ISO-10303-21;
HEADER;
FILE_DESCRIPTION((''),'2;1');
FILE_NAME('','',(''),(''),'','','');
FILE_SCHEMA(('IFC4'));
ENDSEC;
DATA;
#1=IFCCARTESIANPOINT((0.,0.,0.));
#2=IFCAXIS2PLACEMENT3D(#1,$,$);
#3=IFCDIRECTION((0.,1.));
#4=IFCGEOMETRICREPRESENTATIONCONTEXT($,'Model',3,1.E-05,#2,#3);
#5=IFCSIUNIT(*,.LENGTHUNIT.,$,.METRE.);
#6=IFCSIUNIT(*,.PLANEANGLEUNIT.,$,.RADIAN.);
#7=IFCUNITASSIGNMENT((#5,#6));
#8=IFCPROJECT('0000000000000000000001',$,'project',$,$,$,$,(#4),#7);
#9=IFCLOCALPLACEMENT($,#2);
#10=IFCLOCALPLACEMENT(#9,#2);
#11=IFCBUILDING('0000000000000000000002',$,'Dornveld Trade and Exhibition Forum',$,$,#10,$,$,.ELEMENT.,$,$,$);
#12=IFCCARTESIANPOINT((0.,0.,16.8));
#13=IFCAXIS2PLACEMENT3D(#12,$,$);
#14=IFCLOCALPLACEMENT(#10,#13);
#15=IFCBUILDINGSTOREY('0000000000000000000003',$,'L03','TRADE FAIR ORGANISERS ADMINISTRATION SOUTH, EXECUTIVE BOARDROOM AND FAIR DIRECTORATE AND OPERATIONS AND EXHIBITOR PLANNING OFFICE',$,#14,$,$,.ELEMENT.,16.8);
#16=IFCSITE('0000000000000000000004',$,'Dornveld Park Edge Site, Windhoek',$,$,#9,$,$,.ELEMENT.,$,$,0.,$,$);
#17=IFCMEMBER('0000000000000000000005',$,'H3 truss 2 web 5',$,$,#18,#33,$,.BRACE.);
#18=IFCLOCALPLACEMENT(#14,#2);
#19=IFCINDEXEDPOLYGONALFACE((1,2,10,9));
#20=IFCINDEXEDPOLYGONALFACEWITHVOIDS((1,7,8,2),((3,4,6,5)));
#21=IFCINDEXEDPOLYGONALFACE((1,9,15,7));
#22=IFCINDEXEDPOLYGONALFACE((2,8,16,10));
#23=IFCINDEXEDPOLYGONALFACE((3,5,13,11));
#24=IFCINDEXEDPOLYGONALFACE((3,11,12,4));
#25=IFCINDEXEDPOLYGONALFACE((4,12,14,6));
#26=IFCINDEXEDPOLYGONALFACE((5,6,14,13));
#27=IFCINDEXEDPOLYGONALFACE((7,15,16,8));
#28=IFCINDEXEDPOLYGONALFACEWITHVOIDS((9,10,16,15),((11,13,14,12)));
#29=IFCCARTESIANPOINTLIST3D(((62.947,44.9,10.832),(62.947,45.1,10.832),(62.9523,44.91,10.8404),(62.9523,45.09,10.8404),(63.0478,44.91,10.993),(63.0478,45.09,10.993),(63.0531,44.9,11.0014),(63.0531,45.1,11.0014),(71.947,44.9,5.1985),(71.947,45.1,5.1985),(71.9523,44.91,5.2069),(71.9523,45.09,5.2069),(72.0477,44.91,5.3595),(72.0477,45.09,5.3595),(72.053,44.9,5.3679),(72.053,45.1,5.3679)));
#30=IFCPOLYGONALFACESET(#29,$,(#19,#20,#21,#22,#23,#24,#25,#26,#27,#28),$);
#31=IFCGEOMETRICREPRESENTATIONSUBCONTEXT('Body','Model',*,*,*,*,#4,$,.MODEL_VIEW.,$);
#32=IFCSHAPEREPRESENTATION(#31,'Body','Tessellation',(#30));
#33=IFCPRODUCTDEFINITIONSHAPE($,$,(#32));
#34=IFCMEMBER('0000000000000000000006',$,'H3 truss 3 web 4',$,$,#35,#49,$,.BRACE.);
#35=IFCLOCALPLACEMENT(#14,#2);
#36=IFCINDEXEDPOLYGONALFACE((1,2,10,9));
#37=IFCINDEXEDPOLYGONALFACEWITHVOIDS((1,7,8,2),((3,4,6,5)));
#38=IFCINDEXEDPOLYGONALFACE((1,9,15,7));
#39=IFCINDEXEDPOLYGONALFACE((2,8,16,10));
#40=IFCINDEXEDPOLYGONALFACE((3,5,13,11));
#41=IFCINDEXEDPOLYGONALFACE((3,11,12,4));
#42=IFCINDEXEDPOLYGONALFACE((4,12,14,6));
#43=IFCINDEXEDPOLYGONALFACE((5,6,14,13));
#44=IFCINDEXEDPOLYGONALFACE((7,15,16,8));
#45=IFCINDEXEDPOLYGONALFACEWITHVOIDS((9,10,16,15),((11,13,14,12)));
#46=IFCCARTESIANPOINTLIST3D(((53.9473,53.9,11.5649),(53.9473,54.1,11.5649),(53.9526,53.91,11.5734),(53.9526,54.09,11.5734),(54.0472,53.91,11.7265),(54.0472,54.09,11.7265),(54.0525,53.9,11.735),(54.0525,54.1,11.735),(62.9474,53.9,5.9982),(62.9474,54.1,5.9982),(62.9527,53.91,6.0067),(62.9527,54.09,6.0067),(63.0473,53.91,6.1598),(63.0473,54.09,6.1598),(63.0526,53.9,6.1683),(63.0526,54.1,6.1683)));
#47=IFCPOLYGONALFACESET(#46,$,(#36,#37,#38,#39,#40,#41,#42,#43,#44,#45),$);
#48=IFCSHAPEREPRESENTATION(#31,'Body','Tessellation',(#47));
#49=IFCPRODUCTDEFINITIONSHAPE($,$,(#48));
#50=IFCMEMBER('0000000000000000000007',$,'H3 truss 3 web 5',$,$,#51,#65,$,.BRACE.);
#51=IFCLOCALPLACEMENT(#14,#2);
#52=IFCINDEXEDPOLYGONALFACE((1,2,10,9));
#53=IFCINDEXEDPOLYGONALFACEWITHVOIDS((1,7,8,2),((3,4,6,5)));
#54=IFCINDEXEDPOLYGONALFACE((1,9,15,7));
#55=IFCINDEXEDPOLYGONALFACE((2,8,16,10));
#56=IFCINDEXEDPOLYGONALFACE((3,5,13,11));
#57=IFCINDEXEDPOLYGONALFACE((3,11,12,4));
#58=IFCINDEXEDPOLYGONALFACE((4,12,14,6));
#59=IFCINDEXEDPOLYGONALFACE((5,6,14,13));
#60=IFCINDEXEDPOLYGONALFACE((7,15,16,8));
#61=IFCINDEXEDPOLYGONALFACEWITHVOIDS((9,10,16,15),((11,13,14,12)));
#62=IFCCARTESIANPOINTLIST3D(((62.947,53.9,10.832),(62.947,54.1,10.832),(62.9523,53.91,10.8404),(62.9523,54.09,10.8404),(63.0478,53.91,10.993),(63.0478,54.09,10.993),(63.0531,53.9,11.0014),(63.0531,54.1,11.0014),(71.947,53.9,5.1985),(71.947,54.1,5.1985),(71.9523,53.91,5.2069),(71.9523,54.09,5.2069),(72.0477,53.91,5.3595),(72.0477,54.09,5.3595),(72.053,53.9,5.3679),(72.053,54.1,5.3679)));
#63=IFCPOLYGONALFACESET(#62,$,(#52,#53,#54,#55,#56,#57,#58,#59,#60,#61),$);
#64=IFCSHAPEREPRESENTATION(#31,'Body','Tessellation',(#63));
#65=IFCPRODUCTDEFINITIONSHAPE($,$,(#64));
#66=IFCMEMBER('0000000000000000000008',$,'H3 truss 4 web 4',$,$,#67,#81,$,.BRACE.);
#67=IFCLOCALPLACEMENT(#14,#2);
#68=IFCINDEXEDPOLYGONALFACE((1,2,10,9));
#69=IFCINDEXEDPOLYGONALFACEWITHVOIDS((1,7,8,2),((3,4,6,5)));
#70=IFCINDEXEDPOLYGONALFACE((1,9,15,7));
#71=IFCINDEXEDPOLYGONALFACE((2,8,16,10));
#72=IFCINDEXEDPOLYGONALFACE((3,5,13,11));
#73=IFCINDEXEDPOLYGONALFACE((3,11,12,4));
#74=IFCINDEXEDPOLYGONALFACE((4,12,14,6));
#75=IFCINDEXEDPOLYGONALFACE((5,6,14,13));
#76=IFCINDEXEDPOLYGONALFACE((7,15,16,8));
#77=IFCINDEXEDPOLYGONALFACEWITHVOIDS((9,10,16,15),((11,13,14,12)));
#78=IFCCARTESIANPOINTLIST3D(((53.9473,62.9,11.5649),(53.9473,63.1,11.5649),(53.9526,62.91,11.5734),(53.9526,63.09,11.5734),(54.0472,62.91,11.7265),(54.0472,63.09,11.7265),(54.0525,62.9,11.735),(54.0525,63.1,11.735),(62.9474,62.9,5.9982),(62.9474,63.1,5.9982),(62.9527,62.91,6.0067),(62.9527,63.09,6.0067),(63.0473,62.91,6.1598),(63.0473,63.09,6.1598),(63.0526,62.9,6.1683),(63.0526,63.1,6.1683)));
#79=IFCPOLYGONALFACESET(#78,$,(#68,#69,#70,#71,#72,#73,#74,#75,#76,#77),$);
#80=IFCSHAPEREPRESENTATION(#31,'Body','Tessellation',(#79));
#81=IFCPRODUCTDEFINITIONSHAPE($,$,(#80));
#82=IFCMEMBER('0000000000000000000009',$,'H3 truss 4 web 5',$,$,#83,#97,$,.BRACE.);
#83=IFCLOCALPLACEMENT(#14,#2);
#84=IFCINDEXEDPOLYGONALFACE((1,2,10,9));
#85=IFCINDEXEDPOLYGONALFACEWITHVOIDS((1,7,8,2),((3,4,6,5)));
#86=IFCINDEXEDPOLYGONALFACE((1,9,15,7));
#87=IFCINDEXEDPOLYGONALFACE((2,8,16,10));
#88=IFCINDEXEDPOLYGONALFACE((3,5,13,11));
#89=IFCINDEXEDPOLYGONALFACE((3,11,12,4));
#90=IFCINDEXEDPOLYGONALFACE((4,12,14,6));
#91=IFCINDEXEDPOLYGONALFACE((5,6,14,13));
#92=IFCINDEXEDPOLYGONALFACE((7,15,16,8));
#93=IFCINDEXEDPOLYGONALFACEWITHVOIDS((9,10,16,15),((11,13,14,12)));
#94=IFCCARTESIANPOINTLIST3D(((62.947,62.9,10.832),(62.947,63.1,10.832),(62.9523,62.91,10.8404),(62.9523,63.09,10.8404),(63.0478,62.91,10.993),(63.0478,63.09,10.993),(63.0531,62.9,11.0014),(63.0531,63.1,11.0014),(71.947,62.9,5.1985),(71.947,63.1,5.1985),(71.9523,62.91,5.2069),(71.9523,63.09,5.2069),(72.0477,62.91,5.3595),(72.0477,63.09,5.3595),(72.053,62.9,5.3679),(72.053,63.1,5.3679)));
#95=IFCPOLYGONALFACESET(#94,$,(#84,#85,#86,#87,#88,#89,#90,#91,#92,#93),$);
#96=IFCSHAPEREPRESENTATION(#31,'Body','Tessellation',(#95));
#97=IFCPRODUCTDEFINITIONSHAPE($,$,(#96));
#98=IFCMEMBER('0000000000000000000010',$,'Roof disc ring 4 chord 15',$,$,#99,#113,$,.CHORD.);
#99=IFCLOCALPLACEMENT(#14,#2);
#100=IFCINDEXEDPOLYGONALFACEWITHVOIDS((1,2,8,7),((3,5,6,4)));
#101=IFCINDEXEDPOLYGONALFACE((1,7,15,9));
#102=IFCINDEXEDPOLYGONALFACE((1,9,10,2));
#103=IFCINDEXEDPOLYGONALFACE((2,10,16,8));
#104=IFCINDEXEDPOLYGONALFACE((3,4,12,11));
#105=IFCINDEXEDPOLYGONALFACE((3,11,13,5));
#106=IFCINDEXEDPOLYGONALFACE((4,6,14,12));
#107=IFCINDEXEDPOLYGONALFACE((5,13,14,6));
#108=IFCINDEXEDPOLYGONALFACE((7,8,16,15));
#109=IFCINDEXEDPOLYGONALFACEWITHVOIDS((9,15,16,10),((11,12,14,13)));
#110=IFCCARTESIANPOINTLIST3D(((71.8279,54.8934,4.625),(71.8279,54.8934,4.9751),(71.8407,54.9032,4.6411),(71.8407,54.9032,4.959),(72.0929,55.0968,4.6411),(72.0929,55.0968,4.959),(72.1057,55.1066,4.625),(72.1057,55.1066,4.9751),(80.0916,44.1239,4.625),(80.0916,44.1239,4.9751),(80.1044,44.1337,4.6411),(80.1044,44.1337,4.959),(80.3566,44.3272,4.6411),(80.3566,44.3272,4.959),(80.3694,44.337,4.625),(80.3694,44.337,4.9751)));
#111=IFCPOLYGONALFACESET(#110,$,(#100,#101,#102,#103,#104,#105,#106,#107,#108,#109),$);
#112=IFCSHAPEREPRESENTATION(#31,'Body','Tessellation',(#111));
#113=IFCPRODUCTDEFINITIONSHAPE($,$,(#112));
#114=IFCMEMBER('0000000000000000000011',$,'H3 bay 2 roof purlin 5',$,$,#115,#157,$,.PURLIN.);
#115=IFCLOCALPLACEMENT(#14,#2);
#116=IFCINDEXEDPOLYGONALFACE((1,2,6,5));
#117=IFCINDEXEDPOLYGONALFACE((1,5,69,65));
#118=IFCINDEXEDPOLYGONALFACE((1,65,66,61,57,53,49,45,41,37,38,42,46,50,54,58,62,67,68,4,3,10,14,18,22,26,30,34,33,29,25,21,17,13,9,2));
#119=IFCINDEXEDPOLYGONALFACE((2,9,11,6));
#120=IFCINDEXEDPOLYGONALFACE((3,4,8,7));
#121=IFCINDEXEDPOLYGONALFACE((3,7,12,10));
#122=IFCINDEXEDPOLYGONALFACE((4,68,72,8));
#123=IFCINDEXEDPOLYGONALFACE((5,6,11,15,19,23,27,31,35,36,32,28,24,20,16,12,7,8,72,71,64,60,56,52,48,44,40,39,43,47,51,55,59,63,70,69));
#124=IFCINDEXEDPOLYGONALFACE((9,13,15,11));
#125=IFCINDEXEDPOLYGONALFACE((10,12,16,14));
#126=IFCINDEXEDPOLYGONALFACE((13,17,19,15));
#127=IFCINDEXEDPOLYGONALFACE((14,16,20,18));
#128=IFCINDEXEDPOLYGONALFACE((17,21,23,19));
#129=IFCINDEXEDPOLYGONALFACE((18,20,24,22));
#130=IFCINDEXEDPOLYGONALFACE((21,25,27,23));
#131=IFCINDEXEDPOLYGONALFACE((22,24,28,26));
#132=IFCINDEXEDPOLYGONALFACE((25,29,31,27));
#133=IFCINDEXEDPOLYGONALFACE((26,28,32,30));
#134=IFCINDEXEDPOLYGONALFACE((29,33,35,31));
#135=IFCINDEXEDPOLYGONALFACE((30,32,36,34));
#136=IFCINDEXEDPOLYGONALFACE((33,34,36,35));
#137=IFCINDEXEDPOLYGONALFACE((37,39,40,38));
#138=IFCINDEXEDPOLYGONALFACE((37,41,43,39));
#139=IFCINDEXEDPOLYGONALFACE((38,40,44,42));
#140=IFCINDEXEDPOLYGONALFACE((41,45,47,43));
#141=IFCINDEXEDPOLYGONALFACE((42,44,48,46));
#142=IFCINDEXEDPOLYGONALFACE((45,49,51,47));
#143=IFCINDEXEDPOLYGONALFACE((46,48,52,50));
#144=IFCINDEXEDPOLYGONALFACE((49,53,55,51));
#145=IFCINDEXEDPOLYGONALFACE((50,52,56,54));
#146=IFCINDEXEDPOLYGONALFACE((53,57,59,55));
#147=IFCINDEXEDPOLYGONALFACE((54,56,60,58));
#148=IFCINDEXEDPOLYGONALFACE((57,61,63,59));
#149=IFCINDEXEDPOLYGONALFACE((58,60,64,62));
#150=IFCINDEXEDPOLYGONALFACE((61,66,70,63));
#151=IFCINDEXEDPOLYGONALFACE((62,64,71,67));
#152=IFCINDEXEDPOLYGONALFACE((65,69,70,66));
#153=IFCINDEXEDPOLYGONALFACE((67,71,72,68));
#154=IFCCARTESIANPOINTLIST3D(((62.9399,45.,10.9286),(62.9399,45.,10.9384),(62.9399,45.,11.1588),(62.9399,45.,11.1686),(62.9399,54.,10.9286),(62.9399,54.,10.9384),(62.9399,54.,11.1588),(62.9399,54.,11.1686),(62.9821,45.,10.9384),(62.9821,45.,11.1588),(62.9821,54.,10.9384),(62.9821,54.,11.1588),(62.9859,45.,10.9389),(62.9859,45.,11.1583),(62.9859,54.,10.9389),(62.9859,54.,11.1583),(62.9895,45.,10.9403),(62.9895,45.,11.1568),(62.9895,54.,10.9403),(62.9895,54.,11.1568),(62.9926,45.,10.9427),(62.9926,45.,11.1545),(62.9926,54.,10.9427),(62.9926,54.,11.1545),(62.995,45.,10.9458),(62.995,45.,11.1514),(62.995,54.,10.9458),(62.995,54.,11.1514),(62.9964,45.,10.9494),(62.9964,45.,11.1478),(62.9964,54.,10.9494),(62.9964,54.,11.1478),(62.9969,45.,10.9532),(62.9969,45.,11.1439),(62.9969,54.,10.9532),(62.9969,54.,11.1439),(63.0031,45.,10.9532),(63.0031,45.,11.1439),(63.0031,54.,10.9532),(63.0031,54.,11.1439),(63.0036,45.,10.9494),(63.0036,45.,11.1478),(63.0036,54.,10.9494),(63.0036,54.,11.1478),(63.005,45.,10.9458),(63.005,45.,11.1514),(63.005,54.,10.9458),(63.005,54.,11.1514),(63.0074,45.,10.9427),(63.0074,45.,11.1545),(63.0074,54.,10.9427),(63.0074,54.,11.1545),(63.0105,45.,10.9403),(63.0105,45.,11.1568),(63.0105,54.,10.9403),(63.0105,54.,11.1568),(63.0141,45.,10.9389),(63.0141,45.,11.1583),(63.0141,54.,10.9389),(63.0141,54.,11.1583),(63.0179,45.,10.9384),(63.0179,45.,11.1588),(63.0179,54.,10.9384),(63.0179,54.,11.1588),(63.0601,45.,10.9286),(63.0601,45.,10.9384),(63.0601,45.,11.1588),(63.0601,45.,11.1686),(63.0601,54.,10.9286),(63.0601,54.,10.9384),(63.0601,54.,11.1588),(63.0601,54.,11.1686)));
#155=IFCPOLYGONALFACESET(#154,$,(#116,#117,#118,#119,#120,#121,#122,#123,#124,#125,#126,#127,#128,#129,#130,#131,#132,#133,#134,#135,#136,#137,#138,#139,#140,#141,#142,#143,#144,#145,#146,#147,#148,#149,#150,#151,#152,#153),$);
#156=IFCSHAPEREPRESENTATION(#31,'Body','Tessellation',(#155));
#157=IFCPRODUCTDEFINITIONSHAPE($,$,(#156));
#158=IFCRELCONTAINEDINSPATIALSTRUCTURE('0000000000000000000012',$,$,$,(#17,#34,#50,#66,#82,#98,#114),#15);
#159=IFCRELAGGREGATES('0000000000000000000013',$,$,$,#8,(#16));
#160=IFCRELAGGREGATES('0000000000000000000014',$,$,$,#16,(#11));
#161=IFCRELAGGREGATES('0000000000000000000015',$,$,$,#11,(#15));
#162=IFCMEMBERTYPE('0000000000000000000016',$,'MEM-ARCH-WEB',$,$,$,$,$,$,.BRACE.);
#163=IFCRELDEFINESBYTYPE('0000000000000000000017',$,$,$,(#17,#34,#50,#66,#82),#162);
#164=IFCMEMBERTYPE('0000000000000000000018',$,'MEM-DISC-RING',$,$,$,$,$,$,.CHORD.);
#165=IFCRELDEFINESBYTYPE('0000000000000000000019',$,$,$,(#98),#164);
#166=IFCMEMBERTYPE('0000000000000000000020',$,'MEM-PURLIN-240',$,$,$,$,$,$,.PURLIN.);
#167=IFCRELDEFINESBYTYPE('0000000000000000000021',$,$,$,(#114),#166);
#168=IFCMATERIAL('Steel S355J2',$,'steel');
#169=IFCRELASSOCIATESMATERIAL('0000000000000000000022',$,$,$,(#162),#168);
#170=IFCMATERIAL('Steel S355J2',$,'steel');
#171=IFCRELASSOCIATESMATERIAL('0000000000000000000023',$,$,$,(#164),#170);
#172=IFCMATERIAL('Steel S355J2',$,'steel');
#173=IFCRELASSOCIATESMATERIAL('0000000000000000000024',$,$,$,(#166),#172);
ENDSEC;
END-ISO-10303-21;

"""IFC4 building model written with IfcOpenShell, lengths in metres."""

from ifc_helpers import new_model, si_unit, direction, frame, origin, origin_2d, place, context, subcontext, project, spatial, hollow_rectangle, i_section, extrude, material, material_profile, profile_set, type_object, element, save


model = new_model("IFC4")

# Units and contexts
model_context = context("Model", 3, precision=1e-05, world=origin(), true_north=direction((0.0, 1.0)))
body_context = subcontext(model_context, "Body", "Model", "MODEL_VIEW")
ifc_project = project(units=[si_unit("LENGTHUNIT", "METRE"), si_unit("PLANEANGLEUNIT", "RADIAN")], contexts=[model_context])

# Site, building, storey
site_placement = place(None, origin())
site = spatial("IfcSite", under=ifc_project, at=site_placement, Name="Dornveld Park Edge Site, Windhoek", CompositionType="ELEMENT", RefElevation=0.0)
building_placement = place(site_placement, origin())
building = spatial("IfcBuilding", under=site, at=building_placement, Name="Dornveld Trade and Exhibition Forum", CompositionType="ELEMENT")
storey_placement = place(building_placement, frame((0.0, 0.0, 16.8)))
storey = spatial("IfcBuildingStorey", under=building, at=storey_placement, Name="L03", Description="TRADE FAIR ORGANISERS ADMINISTRATION SOUTH, EXECUTIVE BOARDROOM AND FAIR DIRECTORATE AND OPERATIONS AND EXHIBITOR PLANNING OFFICE", CompositionType="ELEMENT", Elevation=16.8)

# Members
ifc_material_1 = material(Name="Steel S355J2", Category="steel")
ifc_material_profile_1 = material_profile(ifc_material_1, hollow_rectangle(XDim=0.2, YDim=0.2, WallThickness=0.01, at=origin_2d()), Name="SHS 200x200x10")
ifc_profile_set_1 = profile_set([ifc_material_profile_1], Name="Steel S355J2")
member_type_1 = type_object("IfcMemberType", Name="MEM-ARCH-WEB", PredefinedType="BRACE", material=ifc_profile_set_1)
member_1_placement = place(storey_placement, frame((72.0, 45.0, 5.2832), z_axis=(-0.847636, 0.0, 0.530578), x_axis=(0.0, -1.0, 0.0)))
element("IfcMember", 1, at=member_1_placement, inside=storey, type_object=member_type_1, Name="H3 truss 2 web 5", PredefinedType="BRACE", context=body_context, shape_type="SweptSolid", body=[
    extrude(hollow_rectangle(XDim=0.2, YDim=0.2, WallThickness=0.01, at=origin_2d()), origin(), (0.0, 0.0, 1.0), 10.6177),
])
member_2_placement = place(storey_placement, frame((63.0, 54.0, 6.0833), z_axis=(-0.850467, 0.0, 0.526028), x_axis=(0.0, -1.0, 0.0)))
element("IfcMember", 2, at=member_2_placement, inside=storey, type_object=member_type_1, Name="H3 truss 3 web 4", PredefinedType="BRACE", context=body_context, shape_type="SweptSolid", body=[
    extrude(hollow_rectangle(XDim=0.2, YDim=0.2, WallThickness=0.01, at=origin_2d()), origin(), (0.0, 0.0, 1.0), 10.5825),
])
member_3_placement = place(storey_placement, frame((72.0, 54.0, 5.2832), z_axis=(-0.847636, 0.0, 0.530578), x_axis=(0.0, -1.0, 0.0)))
element("IfcMember", 3, at=member_3_placement, inside=storey, type_object=member_type_1, Name="H3 truss 3 web 5", PredefinedType="BRACE", context=body_context, shape_type="SweptSolid", body=[
    extrude(hollow_rectangle(XDim=0.2, YDim=0.2, WallThickness=0.01, at=origin_2d()), origin(), (0.0, 0.0, 1.0), 10.6177),
])
member_4_placement = place(storey_placement, frame((63.0, 63.0, 6.0833), z_axis=(-0.850467, 0.0, 0.526028), x_axis=(0.0, -1.0, 0.0)))
element("IfcMember", 4, at=member_4_placement, inside=storey, type_object=member_type_1, Name="H3 truss 4 web 4", PredefinedType="BRACE", context=body_context, shape_type="SweptSolid", body=[
    extrude(hollow_rectangle(XDim=0.2, YDim=0.2, WallThickness=0.01, at=origin_2d()), origin(), (0.0, 0.0, 1.0), 10.5825),
])
member_5_placement = place(storey_placement, frame((72.0, 63.0, 5.2832), z_axis=(-0.847636, 0.0, 0.530578), x_axis=(0.0, -1.0, 0.0)))
element("IfcMember", 5, at=member_5_placement, inside=storey, type_object=member_type_1, Name="H3 truss 4 web 5", PredefinedType="BRACE", context=body_context, shape_type="SweptSolid", body=[
    extrude(hollow_rectangle(XDim=0.2, YDim=0.2, WallThickness=0.01, at=origin_2d()), origin(), (0.0, 0.0, 1.0), 10.6177),
])
ifc_material_2 = material(Name="Steel S355J2", Category="steel")
ifc_material_profile_2 = material_profile(ifc_material_2, hollow_rectangle(XDim=0.3501, YDim=0.3501, WallThickness=0.0161, at=origin_2d()), Name="SHS 350x350x16")
ifc_profile_set_2 = profile_set([ifc_material_profile_2], Name="Steel S355J2")
member_type_2 = type_object("IfcMemberType", Name="MEM-DISC-RING", PredefinedType="CHORD", material=ifc_profile_set_2)
member_6_placement = place(storey_placement, frame((71.9668, 55.0, 4.8), z_axis=(0.608758, -0.793356, 0.0), x_axis=(0.793356, 0.608758, 0.0)))
element("IfcMember", 6, at=member_6_placement, inside=storey, type_object=member_type_2, Name="Roof disc ring 4 chord 15", PredefinedType="CHORD", context=body_context, shape_type="SweptSolid", body=[
    extrude(hollow_rectangle(XDim=0.3501, YDim=0.3501, WallThickness=0.0161, at=origin_2d()), origin(), (0.0, 0.0, 1.0), 13.5747),
])
ifc_material_3 = material(Name="Steel S355J2", Category="steel")
ifc_material_profile_3 = material_profile(ifc_material_3, i_section(OverallWidth=0.1201, OverallDepth=0.24, WebThickness=0.0061, FlangeThickness=0.0098, FilletRadius=0.0149, at=origin_2d()), Name="IPE 240")
ifc_profile_set_3 = profile_set([ifc_material_profile_3], Name="Steel S355J2")
member_type_3 = type_object("IfcMemberType", Name="MEM-PURLIN-240", PredefinedType="PURLIN", material=ifc_profile_set_3)
for number, where, z_axis, x_axis, name in (
    (7, (63.0, 45.0, 11.0486), (0.0, 1.0, 0.0), (-1.0, 0.0, 0.0), "H3 bay 2 roof purlin 5"),
):
    element("IfcMember", number, at=place(storey_placement, frame(where, z_axis=z_axis, x_axis=x_axis)), inside=storey, type_object=member_type_3, Name=name, PredefinedType="PURLIN", context=body_context, shape_type="SweptSolid", body=[
        extrude(i_section(OverallWidth=0.1201, OverallDepth=0.24, WebThickness=0.0061, FlangeThickness=0.0098, FilletRadius=0.0149, at=origin_2d()), origin(), (0.0, 0.0, 1.0), 9.0),
    ])

save(model, "model.ifc")
